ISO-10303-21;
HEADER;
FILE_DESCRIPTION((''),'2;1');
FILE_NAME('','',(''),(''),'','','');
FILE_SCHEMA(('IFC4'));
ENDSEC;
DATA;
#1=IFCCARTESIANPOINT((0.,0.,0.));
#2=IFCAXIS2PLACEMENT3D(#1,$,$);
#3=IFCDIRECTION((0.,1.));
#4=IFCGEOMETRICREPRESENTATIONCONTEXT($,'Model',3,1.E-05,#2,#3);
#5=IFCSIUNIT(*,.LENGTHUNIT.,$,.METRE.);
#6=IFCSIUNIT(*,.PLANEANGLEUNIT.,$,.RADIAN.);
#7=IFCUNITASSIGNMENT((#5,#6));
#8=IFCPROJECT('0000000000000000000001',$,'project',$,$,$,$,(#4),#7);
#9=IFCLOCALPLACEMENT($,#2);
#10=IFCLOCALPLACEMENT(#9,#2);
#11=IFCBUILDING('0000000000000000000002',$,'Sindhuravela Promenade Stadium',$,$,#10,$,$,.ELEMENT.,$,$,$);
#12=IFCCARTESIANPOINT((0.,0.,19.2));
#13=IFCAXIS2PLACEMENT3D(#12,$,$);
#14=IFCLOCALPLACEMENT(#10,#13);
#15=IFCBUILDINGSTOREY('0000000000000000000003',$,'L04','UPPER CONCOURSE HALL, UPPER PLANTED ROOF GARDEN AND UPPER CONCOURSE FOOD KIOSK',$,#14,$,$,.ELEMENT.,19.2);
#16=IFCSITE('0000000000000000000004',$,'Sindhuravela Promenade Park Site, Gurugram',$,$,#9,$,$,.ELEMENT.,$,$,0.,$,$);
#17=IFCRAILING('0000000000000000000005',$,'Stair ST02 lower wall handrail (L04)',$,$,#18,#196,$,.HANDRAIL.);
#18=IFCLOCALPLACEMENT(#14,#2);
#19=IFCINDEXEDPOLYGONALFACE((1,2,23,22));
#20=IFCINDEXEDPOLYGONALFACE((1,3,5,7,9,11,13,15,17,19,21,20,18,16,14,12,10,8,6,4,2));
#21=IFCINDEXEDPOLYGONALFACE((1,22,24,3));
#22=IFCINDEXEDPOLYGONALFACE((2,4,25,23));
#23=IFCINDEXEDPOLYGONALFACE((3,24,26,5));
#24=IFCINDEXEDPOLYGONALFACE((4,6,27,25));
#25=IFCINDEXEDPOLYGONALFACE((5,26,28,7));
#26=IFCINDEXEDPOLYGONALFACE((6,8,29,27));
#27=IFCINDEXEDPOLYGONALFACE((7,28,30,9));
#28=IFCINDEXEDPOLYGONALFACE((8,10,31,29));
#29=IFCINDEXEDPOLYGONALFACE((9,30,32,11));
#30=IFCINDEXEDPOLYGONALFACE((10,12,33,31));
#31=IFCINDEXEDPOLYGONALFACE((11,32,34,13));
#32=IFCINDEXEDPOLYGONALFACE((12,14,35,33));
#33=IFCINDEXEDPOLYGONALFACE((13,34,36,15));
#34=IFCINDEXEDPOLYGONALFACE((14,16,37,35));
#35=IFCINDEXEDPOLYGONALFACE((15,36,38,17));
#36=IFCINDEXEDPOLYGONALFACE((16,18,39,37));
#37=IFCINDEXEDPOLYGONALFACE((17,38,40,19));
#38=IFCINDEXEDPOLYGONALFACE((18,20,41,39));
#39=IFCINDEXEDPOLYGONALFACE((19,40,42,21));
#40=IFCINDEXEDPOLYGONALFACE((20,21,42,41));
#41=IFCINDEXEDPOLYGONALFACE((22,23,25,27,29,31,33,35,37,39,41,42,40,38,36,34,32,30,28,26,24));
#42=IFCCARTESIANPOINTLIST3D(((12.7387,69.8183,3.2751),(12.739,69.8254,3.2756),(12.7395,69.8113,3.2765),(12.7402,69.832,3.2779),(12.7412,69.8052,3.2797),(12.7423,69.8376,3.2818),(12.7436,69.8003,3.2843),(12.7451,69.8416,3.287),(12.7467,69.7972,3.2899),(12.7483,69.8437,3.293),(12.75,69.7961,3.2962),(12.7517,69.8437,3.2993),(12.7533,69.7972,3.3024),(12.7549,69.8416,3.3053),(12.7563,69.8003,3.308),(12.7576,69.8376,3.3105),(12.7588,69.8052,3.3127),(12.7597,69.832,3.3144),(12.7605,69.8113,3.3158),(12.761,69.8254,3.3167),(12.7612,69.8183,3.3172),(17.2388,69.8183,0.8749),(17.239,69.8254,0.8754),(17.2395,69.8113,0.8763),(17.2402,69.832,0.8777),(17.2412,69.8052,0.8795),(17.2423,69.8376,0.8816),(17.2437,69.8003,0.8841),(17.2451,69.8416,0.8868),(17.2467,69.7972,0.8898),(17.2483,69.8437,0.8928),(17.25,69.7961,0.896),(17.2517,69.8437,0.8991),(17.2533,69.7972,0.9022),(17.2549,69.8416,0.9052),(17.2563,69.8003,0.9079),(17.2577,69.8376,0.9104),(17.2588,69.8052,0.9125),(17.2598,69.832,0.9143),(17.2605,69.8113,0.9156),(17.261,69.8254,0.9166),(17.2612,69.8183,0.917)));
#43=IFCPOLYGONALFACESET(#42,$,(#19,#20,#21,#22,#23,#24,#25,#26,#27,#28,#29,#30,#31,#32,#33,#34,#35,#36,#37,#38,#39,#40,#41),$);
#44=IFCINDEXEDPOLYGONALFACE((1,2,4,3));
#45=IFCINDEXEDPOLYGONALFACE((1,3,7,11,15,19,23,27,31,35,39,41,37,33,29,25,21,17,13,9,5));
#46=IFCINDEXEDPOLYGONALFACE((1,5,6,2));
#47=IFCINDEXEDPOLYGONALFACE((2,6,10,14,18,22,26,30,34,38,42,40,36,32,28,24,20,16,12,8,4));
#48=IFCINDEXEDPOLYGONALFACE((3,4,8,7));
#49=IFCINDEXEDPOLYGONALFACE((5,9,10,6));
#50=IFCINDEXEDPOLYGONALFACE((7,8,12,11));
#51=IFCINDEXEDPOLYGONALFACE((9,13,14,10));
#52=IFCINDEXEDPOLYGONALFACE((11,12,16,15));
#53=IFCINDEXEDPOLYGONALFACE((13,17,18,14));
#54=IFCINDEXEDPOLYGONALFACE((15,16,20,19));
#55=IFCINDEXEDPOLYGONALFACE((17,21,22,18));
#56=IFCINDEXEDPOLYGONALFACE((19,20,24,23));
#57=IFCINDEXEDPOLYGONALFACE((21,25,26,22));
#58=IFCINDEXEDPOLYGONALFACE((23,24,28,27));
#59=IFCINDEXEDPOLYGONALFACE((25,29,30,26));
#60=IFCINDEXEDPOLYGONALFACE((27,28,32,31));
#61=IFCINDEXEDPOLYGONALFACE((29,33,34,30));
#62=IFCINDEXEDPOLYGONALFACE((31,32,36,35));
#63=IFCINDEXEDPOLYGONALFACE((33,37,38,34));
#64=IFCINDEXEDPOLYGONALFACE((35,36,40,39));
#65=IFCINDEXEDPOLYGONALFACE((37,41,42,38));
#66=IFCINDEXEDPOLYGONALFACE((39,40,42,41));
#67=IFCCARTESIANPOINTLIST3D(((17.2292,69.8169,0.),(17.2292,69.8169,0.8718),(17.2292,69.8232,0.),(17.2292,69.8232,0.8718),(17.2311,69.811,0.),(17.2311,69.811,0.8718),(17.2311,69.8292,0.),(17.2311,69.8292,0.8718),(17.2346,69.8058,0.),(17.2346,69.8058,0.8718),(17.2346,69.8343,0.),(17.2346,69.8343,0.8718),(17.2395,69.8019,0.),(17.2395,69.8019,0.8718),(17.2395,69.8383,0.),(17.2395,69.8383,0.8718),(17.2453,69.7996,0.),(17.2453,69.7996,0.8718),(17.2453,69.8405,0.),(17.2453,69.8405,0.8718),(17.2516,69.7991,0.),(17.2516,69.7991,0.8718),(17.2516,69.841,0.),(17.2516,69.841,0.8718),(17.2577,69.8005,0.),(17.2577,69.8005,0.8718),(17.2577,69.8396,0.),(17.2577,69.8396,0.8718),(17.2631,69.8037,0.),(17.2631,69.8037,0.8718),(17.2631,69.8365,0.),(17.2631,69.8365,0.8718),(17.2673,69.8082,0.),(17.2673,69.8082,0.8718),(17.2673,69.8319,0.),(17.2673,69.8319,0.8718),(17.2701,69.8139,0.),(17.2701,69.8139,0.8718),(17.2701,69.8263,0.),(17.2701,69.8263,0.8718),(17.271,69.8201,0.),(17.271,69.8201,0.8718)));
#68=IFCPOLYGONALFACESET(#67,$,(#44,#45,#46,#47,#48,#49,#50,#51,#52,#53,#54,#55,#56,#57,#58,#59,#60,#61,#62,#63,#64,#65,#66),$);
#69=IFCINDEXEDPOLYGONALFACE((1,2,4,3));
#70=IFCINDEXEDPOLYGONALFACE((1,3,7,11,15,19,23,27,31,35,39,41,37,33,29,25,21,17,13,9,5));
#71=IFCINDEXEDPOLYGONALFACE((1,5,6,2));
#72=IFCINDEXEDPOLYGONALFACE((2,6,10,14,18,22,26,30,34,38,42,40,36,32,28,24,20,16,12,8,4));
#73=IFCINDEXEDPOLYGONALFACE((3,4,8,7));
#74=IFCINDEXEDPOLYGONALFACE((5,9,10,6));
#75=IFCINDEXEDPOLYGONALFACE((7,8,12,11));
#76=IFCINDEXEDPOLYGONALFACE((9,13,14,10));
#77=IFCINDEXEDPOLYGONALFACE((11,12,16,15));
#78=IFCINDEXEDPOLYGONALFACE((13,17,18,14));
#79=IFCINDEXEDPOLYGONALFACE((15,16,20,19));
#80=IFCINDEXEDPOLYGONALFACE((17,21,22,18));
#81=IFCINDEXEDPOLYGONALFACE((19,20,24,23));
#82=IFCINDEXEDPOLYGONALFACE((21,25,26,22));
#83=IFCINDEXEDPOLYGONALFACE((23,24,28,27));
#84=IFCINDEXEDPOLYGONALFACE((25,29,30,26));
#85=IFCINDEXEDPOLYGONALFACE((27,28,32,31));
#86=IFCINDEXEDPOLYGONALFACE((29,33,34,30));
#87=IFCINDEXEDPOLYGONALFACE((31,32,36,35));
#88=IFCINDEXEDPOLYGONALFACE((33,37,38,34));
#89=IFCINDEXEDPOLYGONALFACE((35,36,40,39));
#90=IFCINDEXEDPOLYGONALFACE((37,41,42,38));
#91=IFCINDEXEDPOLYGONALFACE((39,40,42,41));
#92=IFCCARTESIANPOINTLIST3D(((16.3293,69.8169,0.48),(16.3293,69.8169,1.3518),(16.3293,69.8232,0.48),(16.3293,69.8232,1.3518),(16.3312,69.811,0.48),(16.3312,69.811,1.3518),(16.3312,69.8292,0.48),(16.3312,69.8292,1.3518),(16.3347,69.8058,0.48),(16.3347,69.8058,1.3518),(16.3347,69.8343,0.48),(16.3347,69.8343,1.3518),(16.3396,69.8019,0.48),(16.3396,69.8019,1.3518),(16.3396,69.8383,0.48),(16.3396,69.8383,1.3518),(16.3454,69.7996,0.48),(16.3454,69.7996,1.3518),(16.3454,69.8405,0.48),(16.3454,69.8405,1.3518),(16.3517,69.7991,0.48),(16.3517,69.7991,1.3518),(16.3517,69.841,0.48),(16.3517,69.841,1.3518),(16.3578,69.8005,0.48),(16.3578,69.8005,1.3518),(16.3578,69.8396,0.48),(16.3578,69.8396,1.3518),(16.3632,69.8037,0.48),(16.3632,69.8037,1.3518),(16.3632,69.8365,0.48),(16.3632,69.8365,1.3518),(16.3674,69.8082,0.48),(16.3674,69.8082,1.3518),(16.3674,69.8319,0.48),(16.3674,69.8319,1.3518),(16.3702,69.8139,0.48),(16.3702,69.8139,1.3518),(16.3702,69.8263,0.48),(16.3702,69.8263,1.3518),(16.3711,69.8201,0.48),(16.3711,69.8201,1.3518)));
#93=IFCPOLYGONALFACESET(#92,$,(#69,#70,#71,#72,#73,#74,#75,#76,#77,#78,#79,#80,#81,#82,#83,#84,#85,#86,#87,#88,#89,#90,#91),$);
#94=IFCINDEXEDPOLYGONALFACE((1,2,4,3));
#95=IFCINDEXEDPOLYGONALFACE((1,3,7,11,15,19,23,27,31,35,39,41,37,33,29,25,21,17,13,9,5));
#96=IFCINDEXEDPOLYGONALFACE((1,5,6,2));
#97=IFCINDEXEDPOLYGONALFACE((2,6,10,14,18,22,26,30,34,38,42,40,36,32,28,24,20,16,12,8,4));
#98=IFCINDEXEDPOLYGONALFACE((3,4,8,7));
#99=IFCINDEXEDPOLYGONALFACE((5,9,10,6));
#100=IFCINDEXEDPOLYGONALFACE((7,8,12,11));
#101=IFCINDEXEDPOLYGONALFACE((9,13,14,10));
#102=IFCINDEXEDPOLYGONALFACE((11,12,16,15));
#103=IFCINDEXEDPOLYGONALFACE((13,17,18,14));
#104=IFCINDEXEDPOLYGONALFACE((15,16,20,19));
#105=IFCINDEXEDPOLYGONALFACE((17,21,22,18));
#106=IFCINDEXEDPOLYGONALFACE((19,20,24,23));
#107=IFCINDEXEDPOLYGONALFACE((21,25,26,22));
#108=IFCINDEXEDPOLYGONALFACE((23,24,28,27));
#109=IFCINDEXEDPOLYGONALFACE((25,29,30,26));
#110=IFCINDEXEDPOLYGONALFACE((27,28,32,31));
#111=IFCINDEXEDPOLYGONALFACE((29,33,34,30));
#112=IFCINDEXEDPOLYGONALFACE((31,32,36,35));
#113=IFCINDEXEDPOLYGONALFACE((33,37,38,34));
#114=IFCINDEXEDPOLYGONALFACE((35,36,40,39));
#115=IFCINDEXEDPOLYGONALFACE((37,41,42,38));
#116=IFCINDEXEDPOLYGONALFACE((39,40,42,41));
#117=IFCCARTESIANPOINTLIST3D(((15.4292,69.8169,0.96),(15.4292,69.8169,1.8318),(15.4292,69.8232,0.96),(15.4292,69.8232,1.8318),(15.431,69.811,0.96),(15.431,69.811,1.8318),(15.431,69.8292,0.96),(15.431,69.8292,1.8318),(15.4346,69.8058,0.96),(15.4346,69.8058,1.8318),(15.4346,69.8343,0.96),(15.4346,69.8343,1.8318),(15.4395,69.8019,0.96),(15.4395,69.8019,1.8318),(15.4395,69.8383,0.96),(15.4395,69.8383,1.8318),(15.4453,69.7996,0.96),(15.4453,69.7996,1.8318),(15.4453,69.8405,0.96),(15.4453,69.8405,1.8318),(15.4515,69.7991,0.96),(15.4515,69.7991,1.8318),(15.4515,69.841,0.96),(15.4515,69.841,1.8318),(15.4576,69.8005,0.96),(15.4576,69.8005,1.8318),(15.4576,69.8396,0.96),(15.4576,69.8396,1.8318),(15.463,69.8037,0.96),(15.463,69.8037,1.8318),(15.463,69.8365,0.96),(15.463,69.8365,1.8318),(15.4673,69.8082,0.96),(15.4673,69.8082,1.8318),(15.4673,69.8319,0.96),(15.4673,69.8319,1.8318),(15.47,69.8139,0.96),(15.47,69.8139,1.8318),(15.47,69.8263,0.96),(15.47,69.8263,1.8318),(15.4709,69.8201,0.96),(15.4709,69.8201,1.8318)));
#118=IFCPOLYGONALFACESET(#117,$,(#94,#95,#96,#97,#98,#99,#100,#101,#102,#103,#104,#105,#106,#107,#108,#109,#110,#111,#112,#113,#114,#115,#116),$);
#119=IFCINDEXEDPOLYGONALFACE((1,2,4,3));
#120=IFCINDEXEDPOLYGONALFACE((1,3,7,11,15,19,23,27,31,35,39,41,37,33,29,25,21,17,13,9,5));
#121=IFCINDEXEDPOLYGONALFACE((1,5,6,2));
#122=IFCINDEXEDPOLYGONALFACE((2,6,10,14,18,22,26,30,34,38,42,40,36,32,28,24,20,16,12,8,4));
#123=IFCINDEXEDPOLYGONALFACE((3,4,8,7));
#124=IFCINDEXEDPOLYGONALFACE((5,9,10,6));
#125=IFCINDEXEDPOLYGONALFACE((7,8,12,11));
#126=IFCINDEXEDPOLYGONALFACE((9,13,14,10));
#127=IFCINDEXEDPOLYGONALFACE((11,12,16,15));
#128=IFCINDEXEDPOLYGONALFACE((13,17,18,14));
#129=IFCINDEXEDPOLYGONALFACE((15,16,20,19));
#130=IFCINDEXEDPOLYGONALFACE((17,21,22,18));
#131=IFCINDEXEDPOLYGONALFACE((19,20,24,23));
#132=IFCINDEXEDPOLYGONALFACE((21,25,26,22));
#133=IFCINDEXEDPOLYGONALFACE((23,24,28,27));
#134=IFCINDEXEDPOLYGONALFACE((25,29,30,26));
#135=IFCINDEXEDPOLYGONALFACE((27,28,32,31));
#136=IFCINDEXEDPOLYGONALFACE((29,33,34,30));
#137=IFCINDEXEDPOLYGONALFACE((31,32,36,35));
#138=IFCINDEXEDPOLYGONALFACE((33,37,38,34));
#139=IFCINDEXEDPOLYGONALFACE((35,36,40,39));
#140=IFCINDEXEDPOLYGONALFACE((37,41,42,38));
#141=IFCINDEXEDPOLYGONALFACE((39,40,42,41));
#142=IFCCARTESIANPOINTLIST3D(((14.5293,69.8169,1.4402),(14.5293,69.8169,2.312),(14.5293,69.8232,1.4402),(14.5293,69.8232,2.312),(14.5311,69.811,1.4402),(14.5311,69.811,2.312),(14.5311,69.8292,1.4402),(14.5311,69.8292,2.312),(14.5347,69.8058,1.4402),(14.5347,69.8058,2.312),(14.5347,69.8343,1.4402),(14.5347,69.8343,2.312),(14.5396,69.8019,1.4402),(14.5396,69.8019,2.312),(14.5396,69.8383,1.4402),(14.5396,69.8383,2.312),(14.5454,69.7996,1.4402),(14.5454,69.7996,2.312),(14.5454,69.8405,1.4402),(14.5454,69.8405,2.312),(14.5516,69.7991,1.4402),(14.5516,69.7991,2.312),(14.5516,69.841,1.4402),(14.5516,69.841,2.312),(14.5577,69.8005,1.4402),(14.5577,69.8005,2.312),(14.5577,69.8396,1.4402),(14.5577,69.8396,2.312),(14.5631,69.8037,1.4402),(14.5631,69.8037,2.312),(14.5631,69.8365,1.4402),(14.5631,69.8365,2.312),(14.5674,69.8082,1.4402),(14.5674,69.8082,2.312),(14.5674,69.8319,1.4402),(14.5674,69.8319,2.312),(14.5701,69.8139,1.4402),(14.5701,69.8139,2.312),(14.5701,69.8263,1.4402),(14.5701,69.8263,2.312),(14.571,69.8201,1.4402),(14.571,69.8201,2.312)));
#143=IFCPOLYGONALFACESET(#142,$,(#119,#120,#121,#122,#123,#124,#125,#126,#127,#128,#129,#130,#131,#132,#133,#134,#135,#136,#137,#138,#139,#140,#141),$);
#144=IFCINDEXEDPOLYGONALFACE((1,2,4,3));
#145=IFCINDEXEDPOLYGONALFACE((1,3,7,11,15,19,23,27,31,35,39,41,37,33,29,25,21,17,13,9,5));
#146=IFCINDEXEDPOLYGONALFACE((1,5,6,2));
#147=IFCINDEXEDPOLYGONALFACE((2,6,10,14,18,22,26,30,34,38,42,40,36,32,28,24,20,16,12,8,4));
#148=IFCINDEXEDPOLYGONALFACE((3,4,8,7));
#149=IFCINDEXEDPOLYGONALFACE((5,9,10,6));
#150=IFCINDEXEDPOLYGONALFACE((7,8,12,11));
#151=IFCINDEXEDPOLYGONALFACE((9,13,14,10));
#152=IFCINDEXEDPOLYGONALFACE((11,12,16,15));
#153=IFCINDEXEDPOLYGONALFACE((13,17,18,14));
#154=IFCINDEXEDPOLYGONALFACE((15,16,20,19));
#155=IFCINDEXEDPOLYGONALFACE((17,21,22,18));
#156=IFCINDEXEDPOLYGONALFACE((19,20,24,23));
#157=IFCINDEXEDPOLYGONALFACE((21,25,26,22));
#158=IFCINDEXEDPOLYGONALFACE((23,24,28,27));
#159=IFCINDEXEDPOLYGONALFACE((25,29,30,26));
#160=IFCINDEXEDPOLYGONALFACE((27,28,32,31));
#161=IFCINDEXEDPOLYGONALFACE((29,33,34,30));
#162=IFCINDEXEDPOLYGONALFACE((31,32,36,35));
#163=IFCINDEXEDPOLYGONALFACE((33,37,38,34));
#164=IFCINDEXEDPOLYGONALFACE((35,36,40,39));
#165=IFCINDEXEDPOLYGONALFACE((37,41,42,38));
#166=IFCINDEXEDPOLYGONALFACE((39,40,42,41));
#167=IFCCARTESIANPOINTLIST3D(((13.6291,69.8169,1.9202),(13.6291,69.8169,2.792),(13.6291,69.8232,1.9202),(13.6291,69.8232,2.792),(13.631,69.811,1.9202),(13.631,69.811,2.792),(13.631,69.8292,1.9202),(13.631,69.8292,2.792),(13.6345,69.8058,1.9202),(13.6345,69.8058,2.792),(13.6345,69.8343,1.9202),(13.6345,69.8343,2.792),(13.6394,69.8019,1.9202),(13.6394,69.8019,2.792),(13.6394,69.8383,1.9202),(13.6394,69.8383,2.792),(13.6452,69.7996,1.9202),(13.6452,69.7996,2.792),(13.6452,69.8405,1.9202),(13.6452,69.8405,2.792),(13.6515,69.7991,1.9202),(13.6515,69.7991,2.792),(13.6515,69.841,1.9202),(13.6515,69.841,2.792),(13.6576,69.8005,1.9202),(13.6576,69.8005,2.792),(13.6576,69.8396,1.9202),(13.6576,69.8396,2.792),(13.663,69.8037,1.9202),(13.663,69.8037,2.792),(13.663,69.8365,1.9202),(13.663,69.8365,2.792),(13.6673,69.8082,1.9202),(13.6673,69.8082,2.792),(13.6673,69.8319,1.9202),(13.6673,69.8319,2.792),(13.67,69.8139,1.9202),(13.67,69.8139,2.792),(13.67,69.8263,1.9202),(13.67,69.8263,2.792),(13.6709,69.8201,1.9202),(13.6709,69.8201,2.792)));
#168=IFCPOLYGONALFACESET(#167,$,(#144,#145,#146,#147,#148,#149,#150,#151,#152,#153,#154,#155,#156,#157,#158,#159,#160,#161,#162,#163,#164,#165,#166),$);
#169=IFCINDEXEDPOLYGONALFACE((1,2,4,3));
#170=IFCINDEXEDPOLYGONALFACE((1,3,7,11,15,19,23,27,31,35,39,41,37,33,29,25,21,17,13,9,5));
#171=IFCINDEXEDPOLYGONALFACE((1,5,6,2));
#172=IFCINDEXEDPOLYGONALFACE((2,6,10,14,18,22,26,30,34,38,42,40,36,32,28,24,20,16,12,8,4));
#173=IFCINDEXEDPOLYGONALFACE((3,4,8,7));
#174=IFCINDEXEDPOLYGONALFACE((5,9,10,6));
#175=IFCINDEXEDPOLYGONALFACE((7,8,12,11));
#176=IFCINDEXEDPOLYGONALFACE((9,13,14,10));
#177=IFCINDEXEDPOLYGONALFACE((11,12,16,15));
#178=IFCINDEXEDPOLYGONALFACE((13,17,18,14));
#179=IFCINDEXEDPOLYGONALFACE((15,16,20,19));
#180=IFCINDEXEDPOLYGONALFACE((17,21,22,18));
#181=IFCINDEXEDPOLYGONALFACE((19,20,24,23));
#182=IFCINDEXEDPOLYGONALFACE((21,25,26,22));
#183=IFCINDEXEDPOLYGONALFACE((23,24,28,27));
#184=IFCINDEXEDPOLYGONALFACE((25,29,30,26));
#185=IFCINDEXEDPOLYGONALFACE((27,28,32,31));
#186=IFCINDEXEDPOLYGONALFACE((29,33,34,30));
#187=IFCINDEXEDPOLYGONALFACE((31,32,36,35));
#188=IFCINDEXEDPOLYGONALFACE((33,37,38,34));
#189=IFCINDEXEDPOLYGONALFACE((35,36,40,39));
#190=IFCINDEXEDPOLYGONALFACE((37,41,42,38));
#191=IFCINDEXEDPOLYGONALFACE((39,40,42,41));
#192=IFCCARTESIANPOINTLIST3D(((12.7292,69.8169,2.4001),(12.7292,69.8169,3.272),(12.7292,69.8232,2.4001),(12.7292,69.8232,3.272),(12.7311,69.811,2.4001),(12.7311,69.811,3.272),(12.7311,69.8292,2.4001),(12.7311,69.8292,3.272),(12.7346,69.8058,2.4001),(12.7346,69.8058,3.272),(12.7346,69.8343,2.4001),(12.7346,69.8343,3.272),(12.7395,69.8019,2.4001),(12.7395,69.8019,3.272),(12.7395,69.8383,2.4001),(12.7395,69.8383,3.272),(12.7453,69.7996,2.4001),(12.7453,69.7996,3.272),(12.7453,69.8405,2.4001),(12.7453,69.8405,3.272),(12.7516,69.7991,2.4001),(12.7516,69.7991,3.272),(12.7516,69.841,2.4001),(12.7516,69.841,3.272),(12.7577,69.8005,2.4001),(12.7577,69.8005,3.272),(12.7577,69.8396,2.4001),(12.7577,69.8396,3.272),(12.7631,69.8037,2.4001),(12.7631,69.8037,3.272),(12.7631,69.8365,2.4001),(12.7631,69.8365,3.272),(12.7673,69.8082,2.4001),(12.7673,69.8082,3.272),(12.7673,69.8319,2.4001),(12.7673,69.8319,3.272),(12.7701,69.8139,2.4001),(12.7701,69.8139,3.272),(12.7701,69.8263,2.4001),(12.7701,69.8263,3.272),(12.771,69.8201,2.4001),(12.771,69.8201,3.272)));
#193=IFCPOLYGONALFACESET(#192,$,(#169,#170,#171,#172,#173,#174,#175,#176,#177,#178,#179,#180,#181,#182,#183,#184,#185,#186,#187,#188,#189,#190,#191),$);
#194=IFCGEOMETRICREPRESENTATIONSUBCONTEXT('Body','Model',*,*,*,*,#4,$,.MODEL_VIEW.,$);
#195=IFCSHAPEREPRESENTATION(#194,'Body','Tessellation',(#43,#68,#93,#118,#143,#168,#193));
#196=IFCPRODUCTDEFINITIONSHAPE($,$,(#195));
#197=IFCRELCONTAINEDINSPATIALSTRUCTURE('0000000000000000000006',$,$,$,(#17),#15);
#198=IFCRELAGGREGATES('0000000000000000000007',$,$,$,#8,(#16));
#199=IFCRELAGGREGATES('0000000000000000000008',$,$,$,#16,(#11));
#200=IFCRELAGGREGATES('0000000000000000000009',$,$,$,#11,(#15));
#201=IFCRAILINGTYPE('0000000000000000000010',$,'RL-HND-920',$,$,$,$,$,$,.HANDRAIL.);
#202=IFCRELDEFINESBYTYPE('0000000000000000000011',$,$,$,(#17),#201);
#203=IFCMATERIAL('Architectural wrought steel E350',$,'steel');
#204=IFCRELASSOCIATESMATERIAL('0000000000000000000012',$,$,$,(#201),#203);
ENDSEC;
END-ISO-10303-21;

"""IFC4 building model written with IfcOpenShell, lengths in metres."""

from ifc_helpers import new_model, si_unit, direction, frame, origin, origin_2d, place, context, subcontext, project, spatial, circle, extrude, material, type_object, element, save


model = new_model("IFC4")

# Units and contexts
model_context = context("Model", 3, precision=1e-05, world=origin(), true_north=direction((0.0, 1.0)))
body_context = subcontext(model_context, "Body", "Model", "MODEL_VIEW")
ifc_project = project(units=[si_unit("LENGTHUNIT", "METRE"), si_unit("PLANEANGLEUNIT", "RADIAN")], contexts=[model_context])

# Site, building, storey
site_placement = place(None, origin())
site = spatial("IfcSite", under=ifc_project, at=site_placement, Name="Sindhuravela Promenade Park Site, Gurugram", CompositionType="ELEMENT", RefElevation=0.0)
building_placement = place(site_placement, origin())
building = spatial("IfcBuilding", under=site, at=building_placement, Name="Sindhuravela Promenade Stadium", CompositionType="ELEMENT")
storey_placement = place(building_placement, frame((0.0, 0.0, 19.2)))
storey = spatial("IfcBuildingStorey", under=building, at=storey_placement, Name="L04", Description="UPPER CONCOURSE HALL, UPPER PLANTED ROOF GARDEN AND UPPER CONCOURSE FOOD KIOSK", CompositionType="ELEMENT", Elevation=19.2)

# Shared definitions
ifc_material_1 = material(Name="Architectural wrought steel E350", Category="steel")

# Railing
railing_type_1 = type_object("IfcRailingType", Name="RL-HND-920", PredefinedType="HANDRAIL", material=ifc_material_1)
railing_1_placement = place(storey_placement, frame((17.25, 69.8201, 0.0)))
element("IfcRailing", 1, at=railing_1_placement, inside=storey, type_object=railing_type_1, Name="Stair ST02 lower wall handrail (L04)", PredefinedType="HANDRAIL", context=body_context, shape_type="SweptSolid", body=[
    extrude(circle(Radius=0.0239, at=origin_2d()), frame((0.0, 0.0, 0.896), z_axis=(-0.882341, 0.0, 0.470611), x_axis=(0.0, -1.0, 0.0)), (0.0, 0.0, 1.0), 5.1001),
    extrude(circle(Radius=0.021, at=origin_2d()), origin(), (0.0, 0.0, 1.0), 0.8718),
    extrude(circle(Radius=0.021, at=origin_2d()), frame((-0.8999, 0.0, 0.48)), (0.0, 0.0, 1.0), 0.8718),
    extrude(circle(Radius=0.021, at=origin_2d()), frame((-1.8, 0.0, 0.96)), (0.0, 0.0, 1.0), 0.8718),
    extrude(circle(Radius=0.021, at=origin_2d()), frame((-2.7, 0.0, 1.4402)), (0.0, 0.0, 1.0), 0.8718),
    extrude(circle(Radius=0.021, at=origin_2d()), frame((-3.6001, 0.0, 1.9202)), (0.0, 0.0, 1.0), 0.8718),
    extrude(circle(Radius=0.021, at=origin_2d()), frame((-4.5, 0.0, 2.4001)), (0.0, 0.0, 1.0), 0.8718),
])

save(model, "model.ifc")
